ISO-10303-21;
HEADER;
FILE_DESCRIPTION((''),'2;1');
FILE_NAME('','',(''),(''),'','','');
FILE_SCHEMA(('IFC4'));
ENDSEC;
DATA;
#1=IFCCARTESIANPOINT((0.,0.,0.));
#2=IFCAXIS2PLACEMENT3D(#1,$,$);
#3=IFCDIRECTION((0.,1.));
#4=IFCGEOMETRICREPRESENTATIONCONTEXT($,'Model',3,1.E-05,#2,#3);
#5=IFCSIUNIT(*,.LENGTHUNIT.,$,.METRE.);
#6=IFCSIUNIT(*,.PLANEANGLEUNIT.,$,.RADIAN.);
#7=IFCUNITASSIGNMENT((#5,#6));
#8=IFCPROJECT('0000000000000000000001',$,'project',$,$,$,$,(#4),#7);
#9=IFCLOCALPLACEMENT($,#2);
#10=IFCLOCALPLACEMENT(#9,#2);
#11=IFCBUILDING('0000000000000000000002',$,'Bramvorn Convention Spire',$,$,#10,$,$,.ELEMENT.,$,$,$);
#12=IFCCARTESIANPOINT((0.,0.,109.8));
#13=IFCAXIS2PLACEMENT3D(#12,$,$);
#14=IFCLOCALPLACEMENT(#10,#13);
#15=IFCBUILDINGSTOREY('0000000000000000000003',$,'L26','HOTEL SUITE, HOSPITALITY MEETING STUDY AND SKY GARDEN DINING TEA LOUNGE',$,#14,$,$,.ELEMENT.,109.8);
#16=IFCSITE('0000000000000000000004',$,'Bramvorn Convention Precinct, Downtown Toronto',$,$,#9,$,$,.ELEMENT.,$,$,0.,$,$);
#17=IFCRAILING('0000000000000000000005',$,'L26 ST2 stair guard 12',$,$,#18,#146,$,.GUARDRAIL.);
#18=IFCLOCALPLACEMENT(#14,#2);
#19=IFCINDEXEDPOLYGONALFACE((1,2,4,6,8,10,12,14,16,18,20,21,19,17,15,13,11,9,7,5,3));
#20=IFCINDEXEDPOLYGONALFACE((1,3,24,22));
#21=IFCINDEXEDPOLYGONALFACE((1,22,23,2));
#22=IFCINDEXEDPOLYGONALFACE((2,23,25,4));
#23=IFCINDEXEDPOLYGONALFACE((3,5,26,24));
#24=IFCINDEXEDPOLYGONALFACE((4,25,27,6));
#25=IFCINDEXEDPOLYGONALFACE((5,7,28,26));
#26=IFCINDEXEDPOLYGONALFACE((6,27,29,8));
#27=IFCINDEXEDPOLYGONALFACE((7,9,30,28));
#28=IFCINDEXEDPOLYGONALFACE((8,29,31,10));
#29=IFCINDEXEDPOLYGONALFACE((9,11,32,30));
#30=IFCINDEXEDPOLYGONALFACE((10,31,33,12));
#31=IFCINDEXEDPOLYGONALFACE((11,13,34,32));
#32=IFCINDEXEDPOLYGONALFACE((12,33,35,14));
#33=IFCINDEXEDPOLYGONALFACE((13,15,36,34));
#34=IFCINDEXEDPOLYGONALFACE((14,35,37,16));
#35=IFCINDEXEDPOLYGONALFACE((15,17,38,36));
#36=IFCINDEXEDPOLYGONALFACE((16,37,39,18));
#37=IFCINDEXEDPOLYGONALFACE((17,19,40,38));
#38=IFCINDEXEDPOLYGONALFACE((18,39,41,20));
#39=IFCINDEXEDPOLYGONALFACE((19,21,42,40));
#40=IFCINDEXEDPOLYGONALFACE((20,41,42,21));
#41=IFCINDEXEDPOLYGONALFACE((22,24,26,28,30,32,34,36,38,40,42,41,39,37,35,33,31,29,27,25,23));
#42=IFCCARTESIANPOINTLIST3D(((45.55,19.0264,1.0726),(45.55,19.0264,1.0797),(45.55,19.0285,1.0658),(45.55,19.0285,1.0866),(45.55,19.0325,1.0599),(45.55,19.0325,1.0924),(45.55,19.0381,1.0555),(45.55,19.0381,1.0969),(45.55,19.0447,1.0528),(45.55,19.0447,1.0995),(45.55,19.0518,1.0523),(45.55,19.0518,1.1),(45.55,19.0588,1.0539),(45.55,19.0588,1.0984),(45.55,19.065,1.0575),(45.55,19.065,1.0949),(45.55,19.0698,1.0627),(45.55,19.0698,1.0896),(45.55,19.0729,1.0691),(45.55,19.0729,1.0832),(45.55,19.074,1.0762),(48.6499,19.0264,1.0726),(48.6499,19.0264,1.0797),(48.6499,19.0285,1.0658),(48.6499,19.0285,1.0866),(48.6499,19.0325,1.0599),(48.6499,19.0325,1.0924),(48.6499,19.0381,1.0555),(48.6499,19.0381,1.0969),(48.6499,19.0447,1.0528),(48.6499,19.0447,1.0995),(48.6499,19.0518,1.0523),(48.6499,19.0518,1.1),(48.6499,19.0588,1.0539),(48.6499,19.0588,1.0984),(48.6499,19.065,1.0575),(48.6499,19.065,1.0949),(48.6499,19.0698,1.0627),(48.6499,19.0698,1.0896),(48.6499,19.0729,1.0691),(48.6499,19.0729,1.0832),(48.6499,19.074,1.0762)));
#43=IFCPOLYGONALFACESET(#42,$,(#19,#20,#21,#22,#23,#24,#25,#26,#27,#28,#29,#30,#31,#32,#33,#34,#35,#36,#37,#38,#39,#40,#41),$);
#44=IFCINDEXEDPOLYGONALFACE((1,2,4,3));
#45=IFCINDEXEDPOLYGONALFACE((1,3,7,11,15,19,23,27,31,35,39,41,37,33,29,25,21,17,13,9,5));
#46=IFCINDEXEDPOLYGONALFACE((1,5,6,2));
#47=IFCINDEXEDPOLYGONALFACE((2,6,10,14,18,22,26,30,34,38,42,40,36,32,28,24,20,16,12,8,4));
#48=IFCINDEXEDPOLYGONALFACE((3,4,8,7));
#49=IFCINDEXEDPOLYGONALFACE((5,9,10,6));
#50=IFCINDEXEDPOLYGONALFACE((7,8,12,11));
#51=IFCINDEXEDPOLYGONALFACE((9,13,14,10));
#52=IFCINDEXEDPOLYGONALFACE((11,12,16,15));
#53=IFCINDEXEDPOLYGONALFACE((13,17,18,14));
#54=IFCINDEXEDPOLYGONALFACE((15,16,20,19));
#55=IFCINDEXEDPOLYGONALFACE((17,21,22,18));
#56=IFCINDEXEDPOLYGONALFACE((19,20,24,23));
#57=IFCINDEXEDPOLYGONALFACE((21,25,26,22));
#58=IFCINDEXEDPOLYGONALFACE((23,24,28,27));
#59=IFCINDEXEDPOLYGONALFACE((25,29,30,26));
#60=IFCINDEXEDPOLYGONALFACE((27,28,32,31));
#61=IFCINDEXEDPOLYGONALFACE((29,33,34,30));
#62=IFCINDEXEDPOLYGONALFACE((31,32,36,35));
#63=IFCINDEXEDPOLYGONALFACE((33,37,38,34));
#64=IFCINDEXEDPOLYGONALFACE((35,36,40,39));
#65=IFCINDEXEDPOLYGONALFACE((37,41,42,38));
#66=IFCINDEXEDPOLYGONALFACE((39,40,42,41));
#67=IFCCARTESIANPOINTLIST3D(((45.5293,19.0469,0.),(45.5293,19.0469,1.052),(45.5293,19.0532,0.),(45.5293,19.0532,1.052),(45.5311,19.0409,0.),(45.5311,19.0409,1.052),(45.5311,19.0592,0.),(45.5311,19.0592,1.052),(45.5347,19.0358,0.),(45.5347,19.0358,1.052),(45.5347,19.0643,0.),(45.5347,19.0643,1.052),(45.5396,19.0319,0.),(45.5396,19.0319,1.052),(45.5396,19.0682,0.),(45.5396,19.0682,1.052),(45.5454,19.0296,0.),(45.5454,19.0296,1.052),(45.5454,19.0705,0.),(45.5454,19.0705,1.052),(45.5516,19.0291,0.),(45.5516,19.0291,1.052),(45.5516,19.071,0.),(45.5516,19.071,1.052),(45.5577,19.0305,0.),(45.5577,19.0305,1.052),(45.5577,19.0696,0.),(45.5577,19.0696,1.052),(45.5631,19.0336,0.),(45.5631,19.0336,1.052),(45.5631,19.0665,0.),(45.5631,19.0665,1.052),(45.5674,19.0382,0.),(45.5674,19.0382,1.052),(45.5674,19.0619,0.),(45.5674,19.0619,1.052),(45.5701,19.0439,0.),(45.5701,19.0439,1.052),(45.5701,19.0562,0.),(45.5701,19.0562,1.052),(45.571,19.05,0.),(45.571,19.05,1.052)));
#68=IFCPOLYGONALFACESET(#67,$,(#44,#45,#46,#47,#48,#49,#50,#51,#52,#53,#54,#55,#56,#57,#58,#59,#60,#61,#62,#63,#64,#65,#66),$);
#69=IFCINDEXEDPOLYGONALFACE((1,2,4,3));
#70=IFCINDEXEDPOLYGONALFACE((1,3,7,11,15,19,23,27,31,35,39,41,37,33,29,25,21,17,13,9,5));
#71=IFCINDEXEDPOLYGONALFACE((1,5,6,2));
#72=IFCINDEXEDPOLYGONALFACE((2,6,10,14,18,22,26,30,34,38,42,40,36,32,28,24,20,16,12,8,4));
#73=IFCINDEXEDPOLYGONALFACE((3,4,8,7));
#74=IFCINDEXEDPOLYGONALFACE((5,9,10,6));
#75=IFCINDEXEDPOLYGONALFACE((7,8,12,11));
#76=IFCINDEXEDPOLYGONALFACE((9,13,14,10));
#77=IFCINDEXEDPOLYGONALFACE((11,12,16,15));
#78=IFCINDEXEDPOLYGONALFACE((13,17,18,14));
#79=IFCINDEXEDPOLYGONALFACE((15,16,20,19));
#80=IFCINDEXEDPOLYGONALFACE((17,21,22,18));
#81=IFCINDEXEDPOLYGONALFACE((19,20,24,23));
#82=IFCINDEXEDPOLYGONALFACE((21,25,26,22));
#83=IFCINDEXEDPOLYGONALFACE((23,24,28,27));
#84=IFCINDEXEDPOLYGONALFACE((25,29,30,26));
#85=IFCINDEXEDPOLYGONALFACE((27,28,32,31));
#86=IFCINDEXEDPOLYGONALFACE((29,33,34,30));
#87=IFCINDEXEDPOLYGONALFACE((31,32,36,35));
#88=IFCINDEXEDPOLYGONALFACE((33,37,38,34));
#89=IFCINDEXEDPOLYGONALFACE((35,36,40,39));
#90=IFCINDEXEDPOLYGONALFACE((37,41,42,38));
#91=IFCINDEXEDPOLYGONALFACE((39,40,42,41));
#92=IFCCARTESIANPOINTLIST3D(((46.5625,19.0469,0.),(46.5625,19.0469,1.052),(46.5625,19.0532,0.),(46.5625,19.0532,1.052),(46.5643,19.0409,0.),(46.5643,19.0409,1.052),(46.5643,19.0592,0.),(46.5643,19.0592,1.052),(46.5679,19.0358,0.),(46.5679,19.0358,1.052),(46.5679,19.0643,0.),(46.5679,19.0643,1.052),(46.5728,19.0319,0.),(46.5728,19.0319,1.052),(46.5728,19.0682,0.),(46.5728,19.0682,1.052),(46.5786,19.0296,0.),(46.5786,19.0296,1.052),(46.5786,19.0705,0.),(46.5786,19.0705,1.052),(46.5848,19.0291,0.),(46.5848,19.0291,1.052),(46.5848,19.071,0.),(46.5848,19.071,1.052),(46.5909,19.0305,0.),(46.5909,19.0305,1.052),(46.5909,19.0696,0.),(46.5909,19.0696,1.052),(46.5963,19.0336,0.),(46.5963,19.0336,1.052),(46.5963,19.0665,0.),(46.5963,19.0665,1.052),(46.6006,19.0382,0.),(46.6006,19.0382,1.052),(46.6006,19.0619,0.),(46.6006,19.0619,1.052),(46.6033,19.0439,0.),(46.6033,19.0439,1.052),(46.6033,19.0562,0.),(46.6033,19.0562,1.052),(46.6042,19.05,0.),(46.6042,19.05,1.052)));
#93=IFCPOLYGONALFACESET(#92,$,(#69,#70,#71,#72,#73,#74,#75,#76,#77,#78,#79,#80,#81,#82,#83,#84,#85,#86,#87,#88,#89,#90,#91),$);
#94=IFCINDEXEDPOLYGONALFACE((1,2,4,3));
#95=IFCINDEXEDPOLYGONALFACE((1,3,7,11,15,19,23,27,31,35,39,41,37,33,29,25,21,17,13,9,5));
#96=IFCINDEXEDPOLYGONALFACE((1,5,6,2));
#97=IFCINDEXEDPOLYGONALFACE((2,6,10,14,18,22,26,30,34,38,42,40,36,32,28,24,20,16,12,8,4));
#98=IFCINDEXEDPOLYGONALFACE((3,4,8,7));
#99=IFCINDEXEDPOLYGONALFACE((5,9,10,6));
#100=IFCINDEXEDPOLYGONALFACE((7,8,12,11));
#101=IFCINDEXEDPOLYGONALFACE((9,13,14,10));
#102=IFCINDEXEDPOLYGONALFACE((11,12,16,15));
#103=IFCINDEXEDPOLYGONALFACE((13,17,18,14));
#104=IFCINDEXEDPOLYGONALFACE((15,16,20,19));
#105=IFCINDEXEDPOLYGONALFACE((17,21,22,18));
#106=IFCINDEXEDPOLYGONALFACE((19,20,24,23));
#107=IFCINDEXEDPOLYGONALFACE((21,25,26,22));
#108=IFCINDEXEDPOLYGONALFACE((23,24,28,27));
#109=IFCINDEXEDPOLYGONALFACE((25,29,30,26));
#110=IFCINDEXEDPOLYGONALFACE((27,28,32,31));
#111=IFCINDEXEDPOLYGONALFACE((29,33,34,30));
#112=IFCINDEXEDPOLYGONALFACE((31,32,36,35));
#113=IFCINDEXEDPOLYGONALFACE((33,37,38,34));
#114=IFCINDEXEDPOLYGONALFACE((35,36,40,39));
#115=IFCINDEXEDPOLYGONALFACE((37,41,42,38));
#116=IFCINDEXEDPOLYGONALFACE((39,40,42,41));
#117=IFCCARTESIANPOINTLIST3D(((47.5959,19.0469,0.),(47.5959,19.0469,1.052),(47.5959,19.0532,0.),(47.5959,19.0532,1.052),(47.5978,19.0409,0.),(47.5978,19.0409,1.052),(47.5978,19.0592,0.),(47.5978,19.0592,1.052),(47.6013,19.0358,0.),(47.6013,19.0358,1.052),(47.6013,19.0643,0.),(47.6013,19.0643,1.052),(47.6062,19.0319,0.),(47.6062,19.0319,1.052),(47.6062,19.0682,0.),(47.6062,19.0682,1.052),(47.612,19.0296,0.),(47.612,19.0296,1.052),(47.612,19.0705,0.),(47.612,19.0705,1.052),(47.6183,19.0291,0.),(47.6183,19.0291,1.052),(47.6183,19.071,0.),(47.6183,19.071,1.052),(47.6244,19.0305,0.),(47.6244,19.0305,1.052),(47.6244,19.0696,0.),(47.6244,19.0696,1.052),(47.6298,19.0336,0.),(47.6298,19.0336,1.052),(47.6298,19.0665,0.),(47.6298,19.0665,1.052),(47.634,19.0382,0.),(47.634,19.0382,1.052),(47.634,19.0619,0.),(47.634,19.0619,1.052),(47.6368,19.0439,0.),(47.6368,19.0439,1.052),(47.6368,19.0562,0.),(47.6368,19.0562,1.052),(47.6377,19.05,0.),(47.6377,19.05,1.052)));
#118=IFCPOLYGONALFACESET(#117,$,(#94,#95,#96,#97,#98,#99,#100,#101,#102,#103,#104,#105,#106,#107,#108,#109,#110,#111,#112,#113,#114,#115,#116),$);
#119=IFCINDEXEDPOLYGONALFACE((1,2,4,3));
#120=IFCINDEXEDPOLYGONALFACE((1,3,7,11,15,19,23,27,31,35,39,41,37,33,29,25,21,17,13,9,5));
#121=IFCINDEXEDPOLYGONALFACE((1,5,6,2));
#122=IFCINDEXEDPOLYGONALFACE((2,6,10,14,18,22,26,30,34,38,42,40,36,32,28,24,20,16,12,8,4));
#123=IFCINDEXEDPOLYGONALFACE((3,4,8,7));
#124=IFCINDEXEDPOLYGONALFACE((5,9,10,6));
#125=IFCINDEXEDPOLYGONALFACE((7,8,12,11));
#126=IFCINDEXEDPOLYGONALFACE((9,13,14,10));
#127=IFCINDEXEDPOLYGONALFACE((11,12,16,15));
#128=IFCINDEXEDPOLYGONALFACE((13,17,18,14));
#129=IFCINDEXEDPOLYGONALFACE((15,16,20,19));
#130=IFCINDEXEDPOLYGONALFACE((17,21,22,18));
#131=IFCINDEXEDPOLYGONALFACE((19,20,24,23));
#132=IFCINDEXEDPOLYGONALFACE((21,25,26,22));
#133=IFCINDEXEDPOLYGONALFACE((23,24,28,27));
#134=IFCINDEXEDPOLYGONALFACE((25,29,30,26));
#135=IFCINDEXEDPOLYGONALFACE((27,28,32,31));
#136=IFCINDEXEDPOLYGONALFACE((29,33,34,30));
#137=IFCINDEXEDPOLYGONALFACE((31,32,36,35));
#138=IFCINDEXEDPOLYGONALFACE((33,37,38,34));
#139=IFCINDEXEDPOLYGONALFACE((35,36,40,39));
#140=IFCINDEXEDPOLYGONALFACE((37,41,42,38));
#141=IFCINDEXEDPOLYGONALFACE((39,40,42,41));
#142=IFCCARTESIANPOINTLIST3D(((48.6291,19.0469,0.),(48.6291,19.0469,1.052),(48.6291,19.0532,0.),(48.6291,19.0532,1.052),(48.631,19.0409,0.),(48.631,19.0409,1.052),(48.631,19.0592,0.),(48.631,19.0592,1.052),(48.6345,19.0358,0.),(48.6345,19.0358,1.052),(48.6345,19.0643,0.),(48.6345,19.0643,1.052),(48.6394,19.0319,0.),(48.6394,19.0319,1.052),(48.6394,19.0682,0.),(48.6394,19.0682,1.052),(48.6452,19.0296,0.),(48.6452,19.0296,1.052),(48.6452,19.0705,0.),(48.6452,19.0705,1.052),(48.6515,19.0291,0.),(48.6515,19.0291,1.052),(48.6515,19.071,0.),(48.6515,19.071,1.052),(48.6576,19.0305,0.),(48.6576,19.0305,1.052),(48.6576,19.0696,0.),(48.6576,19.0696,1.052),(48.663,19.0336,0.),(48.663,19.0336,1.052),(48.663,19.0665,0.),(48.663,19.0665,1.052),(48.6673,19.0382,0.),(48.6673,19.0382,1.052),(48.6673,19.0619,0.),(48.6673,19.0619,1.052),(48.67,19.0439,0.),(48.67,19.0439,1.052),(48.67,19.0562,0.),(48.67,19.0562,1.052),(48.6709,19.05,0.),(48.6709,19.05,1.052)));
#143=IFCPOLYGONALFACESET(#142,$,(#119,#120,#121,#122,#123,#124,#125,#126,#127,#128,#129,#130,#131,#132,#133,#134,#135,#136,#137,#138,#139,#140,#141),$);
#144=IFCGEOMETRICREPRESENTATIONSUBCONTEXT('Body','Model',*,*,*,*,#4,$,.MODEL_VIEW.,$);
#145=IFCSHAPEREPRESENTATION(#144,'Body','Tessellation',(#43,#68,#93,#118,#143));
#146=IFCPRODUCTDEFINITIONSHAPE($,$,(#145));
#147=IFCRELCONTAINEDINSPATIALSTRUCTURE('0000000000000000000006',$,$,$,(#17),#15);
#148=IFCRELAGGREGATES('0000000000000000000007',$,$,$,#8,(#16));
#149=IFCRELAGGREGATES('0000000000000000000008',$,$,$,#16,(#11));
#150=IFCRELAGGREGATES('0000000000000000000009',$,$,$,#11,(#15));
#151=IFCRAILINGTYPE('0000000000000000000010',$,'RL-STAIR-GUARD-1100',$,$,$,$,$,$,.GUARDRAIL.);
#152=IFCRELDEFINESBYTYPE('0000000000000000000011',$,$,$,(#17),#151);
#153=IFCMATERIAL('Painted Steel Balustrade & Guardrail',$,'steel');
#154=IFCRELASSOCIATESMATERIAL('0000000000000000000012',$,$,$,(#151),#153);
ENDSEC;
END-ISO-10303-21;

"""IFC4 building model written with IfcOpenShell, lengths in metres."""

from ifc_helpers import new_model, si_unit, direction, frame, origin, origin_2d, place, context, subcontext, project, spatial, circle, extrude, material, type_object, element, save


model = new_model("IFC4")

# Units and contexts
model_context = context("Model", 3, precision=1e-05, world=origin(), true_north=direction((0.0, 1.0)))
body_context = subcontext(model_context, "Body", "Model", "MODEL_VIEW")
ifc_project = project(units=[si_unit("LENGTHUNIT", "METRE"), si_unit("PLANEANGLEUNIT", "RADIAN")], contexts=[model_context])

# Site, building, storey
site_placement = place(None, origin())
site = spatial("IfcSite", under=ifc_project, at=site_placement, Name="Bramvorn Convention Precinct, Downtown Toronto", CompositionType="ELEMENT", RefElevation=0.0)
building_placement = place(site_placement, origin())
building = spatial("IfcBuilding", under=site, at=building_placement, Name="Bramvorn Convention Spire", CompositionType="ELEMENT")
storey_placement = place(building_placement, frame((0.0, 0.0, 109.8)))
storey = spatial("IfcBuildingStorey", under=building, at=storey_placement, Name="L26", Description="HOTEL SUITE, HOSPITALITY MEETING STUDY AND SKY GARDEN DINING TEA LOUNGE", CompositionType="ELEMENT", Elevation=109.8)

# Railing
ifc_material_1 = material(Name="Painted Steel Balustrade & Guardrail", Category="steel")
railing_type_1 = type_object("IfcRailingType", Name="RL-STAIR-GUARD-1100", PredefinedType="GUARDRAIL", material=ifc_material_1)
railing_1_placement = place(storey_placement, frame((45.55, 19.05, 0.0)))
element("IfcRailing", 1, at=railing_1_placement, inside=storey, type_object=railing_type_1, Name="L26 ST2 stair guard 12", PredefinedType="GUARDRAIL", context=body_context, shape_type="SweptSolid", body=[
    extrude(circle(Radius=0.0239, at=origin_2d()), frame((0.0, 0.0, 1.0762), z_axis=(1.0, 0.0, 0.0), x_axis=(0.0, 1.0, 0.0)), (0.0, 0.0, 1.0), 3.0999),
    extrude(circle(Radius=0.021, at=origin_2d()), origin(), (0.0, 0.0, 1.0), 1.052),
    extrude(circle(Radius=0.021, at=origin_2d()), frame((1.0332, 0.0, 0.0)), (0.0, 0.0, 1.0), 1.052),
    extrude(circle(Radius=0.021, at=origin_2d()), frame((2.0667, 0.0, 0.0)), (0.0, 0.0, 1.0), 1.052),
    extrude(circle(Radius=0.021, at=origin_2d()), frame((3.0999, 0.0, 0.0)), (0.0, 0.0, 1.0), 1.052),
])

save(model, "model.ifc")
